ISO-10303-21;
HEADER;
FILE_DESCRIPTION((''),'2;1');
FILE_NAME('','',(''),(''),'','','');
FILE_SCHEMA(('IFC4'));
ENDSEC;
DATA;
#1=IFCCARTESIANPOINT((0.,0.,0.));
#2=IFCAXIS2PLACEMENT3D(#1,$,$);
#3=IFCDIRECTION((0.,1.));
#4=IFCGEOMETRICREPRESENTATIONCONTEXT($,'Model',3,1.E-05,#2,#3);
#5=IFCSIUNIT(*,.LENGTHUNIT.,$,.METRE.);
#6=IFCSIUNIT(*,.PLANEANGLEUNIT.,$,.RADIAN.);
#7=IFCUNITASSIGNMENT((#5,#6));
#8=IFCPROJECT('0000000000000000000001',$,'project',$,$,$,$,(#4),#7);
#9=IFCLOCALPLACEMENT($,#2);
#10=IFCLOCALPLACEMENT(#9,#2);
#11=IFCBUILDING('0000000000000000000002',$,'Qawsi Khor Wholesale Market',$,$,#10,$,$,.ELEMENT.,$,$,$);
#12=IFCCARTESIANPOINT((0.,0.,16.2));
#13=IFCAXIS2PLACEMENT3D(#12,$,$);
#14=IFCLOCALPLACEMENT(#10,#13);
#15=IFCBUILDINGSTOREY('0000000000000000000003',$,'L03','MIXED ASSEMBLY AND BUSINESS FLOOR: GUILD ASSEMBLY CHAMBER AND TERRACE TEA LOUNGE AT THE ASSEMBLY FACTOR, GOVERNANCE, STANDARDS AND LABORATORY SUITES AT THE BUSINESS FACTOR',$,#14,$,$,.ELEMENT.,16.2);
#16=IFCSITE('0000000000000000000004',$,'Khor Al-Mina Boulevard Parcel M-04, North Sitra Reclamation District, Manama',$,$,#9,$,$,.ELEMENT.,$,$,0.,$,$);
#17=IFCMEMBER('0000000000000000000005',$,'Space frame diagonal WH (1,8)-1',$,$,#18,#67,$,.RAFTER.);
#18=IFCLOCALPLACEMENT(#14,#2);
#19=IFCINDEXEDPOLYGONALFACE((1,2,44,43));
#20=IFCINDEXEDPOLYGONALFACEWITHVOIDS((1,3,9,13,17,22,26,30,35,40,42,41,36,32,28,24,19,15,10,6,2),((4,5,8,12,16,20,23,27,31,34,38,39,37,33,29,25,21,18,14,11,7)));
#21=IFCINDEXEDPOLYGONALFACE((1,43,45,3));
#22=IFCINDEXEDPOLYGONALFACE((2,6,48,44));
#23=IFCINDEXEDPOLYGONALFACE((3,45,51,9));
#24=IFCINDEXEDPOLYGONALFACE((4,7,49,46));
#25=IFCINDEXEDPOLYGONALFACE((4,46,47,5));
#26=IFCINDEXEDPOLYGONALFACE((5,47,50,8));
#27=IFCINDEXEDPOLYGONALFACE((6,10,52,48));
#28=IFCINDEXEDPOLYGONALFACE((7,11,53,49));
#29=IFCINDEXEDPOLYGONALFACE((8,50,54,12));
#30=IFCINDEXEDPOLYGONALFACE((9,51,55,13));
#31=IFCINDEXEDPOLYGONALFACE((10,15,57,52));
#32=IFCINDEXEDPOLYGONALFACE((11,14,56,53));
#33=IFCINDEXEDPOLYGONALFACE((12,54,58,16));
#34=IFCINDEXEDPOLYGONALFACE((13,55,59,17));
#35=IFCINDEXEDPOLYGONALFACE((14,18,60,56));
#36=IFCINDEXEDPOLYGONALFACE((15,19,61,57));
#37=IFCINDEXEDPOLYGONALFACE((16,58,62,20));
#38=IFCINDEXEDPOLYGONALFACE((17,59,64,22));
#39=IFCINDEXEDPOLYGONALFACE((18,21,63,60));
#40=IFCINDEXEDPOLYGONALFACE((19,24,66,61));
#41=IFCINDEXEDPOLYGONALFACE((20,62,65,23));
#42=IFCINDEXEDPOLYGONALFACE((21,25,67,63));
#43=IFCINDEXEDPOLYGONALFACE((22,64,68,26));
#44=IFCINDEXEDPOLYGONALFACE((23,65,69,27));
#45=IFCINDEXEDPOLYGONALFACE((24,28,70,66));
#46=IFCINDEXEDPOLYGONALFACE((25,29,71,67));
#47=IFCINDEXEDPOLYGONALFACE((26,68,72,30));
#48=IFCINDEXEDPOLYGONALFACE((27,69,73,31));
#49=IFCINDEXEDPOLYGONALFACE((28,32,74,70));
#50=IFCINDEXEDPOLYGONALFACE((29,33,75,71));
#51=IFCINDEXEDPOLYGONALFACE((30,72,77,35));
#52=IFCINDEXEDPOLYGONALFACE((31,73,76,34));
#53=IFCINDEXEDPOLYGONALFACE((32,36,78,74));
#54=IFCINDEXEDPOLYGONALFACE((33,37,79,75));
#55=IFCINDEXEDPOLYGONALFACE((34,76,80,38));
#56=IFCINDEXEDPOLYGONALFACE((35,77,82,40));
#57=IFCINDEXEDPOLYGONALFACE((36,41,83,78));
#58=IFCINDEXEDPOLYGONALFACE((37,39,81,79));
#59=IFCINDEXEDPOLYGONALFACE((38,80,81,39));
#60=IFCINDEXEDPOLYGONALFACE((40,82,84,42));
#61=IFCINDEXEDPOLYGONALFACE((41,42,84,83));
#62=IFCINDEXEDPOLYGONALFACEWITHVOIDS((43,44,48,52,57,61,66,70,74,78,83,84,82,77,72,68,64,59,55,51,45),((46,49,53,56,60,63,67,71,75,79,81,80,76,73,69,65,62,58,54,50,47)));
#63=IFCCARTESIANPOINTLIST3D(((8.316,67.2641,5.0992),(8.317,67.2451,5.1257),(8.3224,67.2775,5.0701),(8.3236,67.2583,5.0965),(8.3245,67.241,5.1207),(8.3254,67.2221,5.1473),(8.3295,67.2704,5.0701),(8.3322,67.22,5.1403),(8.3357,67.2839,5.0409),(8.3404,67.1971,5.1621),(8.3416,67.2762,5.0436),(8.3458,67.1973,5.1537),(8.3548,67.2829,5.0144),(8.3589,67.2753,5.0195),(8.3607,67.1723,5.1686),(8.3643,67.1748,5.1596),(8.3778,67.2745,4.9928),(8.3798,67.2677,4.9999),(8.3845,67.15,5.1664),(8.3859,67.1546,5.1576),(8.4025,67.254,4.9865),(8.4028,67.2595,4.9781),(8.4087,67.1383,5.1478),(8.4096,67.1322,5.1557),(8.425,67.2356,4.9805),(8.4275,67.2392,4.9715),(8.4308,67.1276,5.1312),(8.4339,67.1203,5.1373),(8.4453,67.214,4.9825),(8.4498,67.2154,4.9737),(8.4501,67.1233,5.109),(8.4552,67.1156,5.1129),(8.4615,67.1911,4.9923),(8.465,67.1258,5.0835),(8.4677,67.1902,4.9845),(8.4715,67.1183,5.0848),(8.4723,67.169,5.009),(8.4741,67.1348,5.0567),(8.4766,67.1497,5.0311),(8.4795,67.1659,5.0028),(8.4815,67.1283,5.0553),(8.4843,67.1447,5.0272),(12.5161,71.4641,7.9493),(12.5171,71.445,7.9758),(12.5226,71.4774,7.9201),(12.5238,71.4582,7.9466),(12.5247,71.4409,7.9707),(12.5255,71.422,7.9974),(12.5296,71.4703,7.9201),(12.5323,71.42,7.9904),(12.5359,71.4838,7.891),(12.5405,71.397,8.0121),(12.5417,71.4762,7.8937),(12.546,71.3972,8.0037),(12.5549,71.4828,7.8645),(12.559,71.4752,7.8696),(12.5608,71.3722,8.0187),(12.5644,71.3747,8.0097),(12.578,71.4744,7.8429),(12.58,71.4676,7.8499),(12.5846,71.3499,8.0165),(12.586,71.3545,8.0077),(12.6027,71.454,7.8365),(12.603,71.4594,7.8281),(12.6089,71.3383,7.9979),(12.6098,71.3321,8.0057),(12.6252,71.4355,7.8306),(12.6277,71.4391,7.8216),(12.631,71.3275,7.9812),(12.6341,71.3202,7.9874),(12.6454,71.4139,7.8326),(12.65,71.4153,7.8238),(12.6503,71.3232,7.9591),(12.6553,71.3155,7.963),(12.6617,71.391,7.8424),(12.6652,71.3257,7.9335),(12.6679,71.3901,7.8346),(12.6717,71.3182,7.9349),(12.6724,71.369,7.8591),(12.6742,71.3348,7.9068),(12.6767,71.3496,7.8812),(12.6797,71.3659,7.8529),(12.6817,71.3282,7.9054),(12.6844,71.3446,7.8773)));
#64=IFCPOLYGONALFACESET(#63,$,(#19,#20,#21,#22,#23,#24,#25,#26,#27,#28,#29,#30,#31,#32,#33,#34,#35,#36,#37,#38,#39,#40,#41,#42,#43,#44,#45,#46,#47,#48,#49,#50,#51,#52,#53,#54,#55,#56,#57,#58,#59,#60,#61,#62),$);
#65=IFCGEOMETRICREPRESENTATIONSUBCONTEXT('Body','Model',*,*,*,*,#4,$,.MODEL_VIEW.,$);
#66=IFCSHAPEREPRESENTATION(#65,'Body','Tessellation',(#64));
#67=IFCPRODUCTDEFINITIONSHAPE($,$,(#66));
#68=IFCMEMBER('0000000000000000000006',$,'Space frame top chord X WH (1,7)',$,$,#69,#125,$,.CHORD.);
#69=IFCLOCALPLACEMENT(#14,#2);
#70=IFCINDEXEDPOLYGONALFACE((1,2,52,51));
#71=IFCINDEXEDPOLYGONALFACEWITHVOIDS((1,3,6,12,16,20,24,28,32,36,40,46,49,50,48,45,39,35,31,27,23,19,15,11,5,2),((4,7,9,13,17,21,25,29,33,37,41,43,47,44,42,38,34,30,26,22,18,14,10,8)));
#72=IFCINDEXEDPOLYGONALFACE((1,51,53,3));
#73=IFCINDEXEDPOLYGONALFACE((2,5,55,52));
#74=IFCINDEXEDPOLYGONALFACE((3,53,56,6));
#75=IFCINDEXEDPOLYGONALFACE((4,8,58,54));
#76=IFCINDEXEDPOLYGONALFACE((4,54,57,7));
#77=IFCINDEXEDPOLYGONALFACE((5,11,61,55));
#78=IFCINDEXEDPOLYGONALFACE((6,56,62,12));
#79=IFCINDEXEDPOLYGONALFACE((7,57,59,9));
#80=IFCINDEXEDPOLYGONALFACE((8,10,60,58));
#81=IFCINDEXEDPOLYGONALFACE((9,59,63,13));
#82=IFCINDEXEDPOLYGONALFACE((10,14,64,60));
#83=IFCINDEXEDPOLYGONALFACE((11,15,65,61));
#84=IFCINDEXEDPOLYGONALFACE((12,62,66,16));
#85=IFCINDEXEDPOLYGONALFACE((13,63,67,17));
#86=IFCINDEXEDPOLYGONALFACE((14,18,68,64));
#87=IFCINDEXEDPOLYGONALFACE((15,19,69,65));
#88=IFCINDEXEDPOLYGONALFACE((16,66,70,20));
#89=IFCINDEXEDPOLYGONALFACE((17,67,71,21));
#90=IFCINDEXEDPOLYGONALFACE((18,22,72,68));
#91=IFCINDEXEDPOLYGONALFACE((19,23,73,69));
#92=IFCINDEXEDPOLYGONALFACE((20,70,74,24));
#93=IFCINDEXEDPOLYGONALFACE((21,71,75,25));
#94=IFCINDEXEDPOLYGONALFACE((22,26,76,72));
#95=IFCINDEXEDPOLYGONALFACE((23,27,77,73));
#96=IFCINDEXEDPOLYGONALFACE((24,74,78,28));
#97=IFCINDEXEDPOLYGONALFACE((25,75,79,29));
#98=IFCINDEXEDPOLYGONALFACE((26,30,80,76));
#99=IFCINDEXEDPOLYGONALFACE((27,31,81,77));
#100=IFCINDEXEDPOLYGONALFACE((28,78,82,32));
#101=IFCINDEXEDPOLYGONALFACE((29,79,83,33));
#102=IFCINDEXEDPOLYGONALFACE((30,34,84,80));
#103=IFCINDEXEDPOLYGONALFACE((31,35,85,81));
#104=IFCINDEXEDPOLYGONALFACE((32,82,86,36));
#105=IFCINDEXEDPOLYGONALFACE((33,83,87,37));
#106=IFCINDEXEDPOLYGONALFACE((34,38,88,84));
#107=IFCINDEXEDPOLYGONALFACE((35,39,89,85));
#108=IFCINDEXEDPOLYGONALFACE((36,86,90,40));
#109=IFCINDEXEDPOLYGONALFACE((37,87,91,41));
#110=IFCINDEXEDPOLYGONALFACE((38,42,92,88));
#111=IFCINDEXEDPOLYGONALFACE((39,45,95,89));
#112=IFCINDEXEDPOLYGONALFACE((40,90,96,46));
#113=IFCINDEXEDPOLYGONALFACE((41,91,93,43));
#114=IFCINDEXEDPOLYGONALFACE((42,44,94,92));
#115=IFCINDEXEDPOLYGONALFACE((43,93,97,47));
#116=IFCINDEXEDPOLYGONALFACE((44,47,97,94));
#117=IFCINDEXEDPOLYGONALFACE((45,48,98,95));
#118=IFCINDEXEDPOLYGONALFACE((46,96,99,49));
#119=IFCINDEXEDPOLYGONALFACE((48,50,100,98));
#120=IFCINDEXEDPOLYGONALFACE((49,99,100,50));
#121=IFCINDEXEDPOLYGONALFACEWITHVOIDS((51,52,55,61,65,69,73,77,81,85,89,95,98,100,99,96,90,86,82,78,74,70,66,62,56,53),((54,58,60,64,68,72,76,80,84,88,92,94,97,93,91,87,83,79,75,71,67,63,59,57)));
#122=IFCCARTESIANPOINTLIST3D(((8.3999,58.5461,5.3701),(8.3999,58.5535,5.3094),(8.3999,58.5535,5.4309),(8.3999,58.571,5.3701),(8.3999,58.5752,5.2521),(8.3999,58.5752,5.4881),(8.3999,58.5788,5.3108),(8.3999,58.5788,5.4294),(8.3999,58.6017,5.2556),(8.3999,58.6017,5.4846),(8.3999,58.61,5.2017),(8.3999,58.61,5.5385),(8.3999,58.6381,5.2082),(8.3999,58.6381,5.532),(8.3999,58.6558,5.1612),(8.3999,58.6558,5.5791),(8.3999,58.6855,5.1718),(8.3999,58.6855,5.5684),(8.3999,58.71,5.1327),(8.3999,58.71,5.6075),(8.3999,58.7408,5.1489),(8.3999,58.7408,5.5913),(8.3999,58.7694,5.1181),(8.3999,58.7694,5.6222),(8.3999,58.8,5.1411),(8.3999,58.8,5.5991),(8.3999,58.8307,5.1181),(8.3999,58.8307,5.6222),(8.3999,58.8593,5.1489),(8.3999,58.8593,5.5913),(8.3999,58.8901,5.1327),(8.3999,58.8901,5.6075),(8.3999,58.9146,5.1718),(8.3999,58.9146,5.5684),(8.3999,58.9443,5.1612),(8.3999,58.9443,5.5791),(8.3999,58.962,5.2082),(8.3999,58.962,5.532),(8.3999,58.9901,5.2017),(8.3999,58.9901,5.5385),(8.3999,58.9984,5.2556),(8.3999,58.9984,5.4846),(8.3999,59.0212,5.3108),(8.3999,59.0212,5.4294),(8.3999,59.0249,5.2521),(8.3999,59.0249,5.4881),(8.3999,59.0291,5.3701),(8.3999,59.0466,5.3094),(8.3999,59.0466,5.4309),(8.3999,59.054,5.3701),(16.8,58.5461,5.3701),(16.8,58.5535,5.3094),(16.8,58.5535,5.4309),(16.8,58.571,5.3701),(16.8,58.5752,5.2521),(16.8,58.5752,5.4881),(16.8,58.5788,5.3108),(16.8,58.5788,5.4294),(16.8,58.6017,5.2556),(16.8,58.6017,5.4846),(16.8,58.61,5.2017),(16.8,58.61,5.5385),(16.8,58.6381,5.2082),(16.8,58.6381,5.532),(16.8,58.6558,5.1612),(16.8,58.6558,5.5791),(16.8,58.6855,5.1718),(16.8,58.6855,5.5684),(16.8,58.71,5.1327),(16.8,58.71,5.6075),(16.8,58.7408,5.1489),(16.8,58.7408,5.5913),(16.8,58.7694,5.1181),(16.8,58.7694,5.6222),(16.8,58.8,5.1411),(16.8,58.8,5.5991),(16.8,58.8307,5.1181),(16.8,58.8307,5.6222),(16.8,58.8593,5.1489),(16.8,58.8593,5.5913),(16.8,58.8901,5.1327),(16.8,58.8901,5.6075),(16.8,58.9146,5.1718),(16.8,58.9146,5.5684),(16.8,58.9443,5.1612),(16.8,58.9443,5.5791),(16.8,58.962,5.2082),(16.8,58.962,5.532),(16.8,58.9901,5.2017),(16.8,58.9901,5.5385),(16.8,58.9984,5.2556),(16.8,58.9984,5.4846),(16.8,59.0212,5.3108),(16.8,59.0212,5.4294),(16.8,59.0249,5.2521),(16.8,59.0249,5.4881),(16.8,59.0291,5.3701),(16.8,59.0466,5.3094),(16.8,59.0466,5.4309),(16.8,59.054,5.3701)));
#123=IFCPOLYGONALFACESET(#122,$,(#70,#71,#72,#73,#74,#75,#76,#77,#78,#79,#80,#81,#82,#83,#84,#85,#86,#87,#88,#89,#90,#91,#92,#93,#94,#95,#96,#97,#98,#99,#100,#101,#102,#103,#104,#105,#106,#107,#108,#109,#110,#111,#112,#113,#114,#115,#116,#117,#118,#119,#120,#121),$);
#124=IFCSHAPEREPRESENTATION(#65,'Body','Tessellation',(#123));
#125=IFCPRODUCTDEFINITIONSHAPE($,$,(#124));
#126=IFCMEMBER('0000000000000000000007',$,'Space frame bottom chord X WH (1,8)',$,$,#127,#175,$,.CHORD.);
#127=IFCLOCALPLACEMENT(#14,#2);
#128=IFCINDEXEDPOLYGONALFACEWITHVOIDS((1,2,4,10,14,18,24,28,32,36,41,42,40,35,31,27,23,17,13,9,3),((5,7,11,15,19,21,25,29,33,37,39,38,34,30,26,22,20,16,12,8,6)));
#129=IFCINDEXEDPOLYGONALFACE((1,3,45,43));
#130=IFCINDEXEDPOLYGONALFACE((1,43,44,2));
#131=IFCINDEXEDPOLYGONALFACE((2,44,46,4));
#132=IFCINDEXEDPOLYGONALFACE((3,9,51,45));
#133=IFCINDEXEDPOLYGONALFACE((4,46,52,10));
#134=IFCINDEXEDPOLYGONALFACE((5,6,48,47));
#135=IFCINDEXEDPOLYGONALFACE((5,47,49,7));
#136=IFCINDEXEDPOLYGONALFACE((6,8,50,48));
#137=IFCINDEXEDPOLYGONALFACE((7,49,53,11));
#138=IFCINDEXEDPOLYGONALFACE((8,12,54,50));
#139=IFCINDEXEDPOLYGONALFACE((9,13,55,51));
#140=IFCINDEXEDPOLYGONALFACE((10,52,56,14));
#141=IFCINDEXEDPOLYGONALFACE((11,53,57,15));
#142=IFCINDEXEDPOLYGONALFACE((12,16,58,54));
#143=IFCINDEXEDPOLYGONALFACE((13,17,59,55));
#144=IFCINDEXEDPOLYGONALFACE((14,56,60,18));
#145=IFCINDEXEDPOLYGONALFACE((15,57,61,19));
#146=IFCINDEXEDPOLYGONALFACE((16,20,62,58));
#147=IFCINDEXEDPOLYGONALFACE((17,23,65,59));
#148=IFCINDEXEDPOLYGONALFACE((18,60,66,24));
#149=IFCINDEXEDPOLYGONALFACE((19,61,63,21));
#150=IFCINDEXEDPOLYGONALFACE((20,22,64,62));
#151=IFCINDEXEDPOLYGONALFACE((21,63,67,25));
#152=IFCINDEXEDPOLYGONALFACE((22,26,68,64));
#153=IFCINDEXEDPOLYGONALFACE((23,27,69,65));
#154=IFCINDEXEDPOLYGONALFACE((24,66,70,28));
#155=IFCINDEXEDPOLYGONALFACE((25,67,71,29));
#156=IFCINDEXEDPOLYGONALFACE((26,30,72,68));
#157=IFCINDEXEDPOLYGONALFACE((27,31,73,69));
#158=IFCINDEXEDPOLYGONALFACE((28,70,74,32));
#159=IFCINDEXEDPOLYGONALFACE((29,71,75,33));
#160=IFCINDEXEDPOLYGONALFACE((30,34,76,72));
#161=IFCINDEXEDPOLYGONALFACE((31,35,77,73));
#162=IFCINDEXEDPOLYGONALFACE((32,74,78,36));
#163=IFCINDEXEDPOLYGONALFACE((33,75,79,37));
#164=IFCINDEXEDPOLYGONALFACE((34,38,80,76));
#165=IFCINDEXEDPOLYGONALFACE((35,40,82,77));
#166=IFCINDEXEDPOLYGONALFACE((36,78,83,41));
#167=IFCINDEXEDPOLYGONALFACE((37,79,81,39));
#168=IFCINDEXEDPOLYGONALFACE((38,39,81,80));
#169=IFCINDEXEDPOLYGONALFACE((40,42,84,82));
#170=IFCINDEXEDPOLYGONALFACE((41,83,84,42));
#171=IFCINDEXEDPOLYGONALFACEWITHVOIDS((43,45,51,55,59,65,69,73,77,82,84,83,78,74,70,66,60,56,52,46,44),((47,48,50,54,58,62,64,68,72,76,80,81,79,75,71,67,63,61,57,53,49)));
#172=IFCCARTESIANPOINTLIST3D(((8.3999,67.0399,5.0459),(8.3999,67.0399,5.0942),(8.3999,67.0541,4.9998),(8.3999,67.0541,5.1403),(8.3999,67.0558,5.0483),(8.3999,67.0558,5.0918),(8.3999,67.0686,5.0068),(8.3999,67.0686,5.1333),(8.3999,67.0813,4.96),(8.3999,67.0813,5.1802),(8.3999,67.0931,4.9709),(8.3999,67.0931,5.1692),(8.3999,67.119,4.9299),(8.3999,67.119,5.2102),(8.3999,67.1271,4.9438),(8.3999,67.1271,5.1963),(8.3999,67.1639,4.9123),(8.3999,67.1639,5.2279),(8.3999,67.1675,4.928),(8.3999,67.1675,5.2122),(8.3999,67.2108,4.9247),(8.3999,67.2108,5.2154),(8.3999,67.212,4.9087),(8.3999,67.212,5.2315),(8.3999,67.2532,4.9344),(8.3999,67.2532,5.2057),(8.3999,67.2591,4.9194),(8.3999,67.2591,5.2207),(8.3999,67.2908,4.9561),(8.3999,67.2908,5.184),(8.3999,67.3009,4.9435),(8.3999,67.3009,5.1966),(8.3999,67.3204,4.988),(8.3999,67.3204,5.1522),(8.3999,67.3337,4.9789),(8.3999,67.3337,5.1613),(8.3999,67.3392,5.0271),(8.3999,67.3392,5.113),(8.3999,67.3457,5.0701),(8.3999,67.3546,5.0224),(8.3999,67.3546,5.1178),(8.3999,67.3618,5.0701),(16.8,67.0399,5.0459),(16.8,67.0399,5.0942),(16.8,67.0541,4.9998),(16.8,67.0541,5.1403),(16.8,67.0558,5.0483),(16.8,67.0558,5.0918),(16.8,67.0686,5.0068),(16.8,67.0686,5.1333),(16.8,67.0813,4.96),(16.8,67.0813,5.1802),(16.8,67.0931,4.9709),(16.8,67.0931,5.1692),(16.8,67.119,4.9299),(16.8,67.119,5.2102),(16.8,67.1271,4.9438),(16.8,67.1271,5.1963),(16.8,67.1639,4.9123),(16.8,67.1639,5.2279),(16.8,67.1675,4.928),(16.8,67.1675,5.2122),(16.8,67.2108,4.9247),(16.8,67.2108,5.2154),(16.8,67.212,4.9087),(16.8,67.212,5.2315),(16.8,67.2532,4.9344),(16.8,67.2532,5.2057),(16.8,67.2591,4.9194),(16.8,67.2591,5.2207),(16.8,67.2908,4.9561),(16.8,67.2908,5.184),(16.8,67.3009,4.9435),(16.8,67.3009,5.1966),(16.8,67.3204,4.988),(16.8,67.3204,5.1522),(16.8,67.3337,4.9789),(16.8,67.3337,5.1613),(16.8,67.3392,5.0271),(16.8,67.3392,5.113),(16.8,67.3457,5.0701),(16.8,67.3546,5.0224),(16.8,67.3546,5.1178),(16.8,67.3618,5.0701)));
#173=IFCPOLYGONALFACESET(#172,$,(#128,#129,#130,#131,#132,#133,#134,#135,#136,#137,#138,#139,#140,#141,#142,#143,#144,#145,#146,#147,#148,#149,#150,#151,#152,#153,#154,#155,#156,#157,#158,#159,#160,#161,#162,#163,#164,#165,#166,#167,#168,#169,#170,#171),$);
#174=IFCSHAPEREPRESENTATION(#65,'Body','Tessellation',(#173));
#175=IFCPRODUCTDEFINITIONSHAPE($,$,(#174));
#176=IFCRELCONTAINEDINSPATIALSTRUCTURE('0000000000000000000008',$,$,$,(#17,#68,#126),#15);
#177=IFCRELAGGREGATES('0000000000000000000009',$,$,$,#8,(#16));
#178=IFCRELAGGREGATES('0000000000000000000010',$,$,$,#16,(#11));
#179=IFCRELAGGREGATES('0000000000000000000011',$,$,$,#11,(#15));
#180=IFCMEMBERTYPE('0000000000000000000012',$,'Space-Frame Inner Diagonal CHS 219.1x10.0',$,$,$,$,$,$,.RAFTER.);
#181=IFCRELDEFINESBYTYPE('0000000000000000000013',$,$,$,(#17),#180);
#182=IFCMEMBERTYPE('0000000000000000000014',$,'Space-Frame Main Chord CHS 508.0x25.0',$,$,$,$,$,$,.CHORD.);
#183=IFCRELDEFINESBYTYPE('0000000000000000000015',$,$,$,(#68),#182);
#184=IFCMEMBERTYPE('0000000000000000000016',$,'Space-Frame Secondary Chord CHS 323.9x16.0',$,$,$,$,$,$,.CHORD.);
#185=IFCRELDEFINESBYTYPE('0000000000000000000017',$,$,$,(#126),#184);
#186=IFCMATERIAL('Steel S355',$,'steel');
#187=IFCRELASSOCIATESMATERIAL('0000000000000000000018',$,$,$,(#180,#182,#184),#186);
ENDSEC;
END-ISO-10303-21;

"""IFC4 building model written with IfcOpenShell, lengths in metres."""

from ifc_helpers import new_model, si_unit, direction, frame, origin, origin_2d, place, context, subcontext, project, spatial, hollow_circle, extrude, material, material_profile, profile_set, type_object, element, save


model = new_model("IFC4")

# Units and contexts
model_context = context("Model", 3, precision=1e-05, world=origin(), true_north=direction((0.0, 1.0)))
body_context = subcontext(model_context, "Body", "Model", "MODEL_VIEW")
ifc_project = project(units=[si_unit("LENGTHUNIT", "METRE"), si_unit("PLANEANGLEUNIT", "RADIAN")], contexts=[model_context])

# Site, building, storey
site_placement = place(None, origin())
site = spatial("IfcSite", under=ifc_project, at=site_placement, Name="Khor Al-Mina Boulevard Parcel M-04, North Sitra Reclamation District, Manama", CompositionType="ELEMENT", RefElevation=0.0)
building_placement = place(site_placement, origin())
building = spatial("IfcBuilding", under=site, at=building_placement, Name="Qawsi Khor Wholesale Market", CompositionType="ELEMENT")
storey_placement = place(building_placement, frame((0.0, 0.0, 16.2)))
storey = spatial("IfcBuildingStorey", under=building, at=storey_placement, Name="L03", Description="MIXED ASSEMBLY AND BUSINESS FLOOR: GUILD ASSEMBLY CHAMBER AND TERRACE TEA LOUNGE AT THE ASSEMBLY FACTOR, GOVERNANCE, STANDARDS AND LABORATORY SUITES AT THE BUSINESS FACTOR", CompositionType="ELEMENT", Elevation=16.2)

# Members
ifc_material_1 = material(Name="Steel S355", Category="steel")
ifc_material_profile_1 = material_profile(ifc_material_1, hollow_circle(Radius=0.1096, WallThickness=0.01, at=origin_2d()), Name="CHS 219.1x10.0")
ifc_profile_set_1 = profile_set([ifc_material_profile_1], Name="Steel S355")
member_type_1 = type_object("IfcMemberType", Name="Space-Frame Inner Diagonal CHS 219.1x10.0", PredefinedType="RAFTER", material=ifc_profile_set_1)
member_1_placement = place(storey_placement, frame((8.3999, 67.2, 5.0701), z_axis=(0.637534, 0.637497, 0.432607), x_axis=(-0.707086, 0.707127, 0.0)))
element("IfcMember", 1, at=member_1_placement, inside=storey, type_object=member_type_1, Name="Space frame diagonal WH (1,8)-1", PredefinedType="RAFTER", context=body_context, shape_type="SweptSolid", body=[
    extrude(hollow_circle(Radius=0.1096, WallThickness=0.01, at=origin_2d()), origin(), (0.0, 0.0, 1.0), 6.5881),
])
ifc_material_profile_2 = material_profile(ifc_material_1, hollow_circle(Radius=0.2539, WallThickness=0.0249, at=origin_2d()), Name="CHS 508.0x25.0")
ifc_profile_set_2 = profile_set([ifc_material_profile_2], Name="Steel S355")
member_type_2 = type_object("IfcMemberType", Name="Space-Frame Main Chord CHS 508.0x25.0", PredefinedType="CHORD", material=ifc_profile_set_2)
member_2_placement = place(storey_placement, frame((8.3999, 58.8, 5.3701), z_axis=(1.0, 0.0, 0.0), x_axis=(0.0, 1.0, 0.0)))
element("IfcMember", 2, at=member_2_placement, inside=storey, type_object=member_type_2, Name="Space frame top chord X WH (1,7)", PredefinedType="CHORD", context=body_context, shape_type="SweptSolid", body=[
    extrude(hollow_circle(Radius=0.2539, WallThickness=0.0249, at=origin_2d()), origin(), (0.0, 0.0, 1.0), 8.4001),
])
ifc_material_profile_3 = material_profile(ifc_material_1, hollow_circle(Radius=0.1619, WallThickness=0.0161, at=origin_2d()), Name="CHS 323.9x16.0")
ifc_profile_set_3 = profile_set([ifc_material_profile_3], Name="Steel S355")
member_type_3 = type_object("IfcMemberType", Name="Space-Frame Secondary Chord CHS 323.9x16.0", PredefinedType="CHORD", material=ifc_profile_set_3)
member_3_placement = place(storey_placement, frame((8.3999, 67.2, 5.0701), z_axis=(1.0, 0.0, 0.0), x_axis=(0.0, 1.0, 0.0)))
element("IfcMember", 3, at=member_3_placement, inside=storey, type_object=member_type_3, Name="Space frame bottom chord X WH (1,8)", PredefinedType="CHORD", context=body_context, shape_type="SweptSolid", body=[
    extrude(hollow_circle(Radius=0.1619, WallThickness=0.0161, at=origin_2d()), origin(), (0.0, 0.0, 1.0), 8.4001),
])

save(model, "model.ifc")
